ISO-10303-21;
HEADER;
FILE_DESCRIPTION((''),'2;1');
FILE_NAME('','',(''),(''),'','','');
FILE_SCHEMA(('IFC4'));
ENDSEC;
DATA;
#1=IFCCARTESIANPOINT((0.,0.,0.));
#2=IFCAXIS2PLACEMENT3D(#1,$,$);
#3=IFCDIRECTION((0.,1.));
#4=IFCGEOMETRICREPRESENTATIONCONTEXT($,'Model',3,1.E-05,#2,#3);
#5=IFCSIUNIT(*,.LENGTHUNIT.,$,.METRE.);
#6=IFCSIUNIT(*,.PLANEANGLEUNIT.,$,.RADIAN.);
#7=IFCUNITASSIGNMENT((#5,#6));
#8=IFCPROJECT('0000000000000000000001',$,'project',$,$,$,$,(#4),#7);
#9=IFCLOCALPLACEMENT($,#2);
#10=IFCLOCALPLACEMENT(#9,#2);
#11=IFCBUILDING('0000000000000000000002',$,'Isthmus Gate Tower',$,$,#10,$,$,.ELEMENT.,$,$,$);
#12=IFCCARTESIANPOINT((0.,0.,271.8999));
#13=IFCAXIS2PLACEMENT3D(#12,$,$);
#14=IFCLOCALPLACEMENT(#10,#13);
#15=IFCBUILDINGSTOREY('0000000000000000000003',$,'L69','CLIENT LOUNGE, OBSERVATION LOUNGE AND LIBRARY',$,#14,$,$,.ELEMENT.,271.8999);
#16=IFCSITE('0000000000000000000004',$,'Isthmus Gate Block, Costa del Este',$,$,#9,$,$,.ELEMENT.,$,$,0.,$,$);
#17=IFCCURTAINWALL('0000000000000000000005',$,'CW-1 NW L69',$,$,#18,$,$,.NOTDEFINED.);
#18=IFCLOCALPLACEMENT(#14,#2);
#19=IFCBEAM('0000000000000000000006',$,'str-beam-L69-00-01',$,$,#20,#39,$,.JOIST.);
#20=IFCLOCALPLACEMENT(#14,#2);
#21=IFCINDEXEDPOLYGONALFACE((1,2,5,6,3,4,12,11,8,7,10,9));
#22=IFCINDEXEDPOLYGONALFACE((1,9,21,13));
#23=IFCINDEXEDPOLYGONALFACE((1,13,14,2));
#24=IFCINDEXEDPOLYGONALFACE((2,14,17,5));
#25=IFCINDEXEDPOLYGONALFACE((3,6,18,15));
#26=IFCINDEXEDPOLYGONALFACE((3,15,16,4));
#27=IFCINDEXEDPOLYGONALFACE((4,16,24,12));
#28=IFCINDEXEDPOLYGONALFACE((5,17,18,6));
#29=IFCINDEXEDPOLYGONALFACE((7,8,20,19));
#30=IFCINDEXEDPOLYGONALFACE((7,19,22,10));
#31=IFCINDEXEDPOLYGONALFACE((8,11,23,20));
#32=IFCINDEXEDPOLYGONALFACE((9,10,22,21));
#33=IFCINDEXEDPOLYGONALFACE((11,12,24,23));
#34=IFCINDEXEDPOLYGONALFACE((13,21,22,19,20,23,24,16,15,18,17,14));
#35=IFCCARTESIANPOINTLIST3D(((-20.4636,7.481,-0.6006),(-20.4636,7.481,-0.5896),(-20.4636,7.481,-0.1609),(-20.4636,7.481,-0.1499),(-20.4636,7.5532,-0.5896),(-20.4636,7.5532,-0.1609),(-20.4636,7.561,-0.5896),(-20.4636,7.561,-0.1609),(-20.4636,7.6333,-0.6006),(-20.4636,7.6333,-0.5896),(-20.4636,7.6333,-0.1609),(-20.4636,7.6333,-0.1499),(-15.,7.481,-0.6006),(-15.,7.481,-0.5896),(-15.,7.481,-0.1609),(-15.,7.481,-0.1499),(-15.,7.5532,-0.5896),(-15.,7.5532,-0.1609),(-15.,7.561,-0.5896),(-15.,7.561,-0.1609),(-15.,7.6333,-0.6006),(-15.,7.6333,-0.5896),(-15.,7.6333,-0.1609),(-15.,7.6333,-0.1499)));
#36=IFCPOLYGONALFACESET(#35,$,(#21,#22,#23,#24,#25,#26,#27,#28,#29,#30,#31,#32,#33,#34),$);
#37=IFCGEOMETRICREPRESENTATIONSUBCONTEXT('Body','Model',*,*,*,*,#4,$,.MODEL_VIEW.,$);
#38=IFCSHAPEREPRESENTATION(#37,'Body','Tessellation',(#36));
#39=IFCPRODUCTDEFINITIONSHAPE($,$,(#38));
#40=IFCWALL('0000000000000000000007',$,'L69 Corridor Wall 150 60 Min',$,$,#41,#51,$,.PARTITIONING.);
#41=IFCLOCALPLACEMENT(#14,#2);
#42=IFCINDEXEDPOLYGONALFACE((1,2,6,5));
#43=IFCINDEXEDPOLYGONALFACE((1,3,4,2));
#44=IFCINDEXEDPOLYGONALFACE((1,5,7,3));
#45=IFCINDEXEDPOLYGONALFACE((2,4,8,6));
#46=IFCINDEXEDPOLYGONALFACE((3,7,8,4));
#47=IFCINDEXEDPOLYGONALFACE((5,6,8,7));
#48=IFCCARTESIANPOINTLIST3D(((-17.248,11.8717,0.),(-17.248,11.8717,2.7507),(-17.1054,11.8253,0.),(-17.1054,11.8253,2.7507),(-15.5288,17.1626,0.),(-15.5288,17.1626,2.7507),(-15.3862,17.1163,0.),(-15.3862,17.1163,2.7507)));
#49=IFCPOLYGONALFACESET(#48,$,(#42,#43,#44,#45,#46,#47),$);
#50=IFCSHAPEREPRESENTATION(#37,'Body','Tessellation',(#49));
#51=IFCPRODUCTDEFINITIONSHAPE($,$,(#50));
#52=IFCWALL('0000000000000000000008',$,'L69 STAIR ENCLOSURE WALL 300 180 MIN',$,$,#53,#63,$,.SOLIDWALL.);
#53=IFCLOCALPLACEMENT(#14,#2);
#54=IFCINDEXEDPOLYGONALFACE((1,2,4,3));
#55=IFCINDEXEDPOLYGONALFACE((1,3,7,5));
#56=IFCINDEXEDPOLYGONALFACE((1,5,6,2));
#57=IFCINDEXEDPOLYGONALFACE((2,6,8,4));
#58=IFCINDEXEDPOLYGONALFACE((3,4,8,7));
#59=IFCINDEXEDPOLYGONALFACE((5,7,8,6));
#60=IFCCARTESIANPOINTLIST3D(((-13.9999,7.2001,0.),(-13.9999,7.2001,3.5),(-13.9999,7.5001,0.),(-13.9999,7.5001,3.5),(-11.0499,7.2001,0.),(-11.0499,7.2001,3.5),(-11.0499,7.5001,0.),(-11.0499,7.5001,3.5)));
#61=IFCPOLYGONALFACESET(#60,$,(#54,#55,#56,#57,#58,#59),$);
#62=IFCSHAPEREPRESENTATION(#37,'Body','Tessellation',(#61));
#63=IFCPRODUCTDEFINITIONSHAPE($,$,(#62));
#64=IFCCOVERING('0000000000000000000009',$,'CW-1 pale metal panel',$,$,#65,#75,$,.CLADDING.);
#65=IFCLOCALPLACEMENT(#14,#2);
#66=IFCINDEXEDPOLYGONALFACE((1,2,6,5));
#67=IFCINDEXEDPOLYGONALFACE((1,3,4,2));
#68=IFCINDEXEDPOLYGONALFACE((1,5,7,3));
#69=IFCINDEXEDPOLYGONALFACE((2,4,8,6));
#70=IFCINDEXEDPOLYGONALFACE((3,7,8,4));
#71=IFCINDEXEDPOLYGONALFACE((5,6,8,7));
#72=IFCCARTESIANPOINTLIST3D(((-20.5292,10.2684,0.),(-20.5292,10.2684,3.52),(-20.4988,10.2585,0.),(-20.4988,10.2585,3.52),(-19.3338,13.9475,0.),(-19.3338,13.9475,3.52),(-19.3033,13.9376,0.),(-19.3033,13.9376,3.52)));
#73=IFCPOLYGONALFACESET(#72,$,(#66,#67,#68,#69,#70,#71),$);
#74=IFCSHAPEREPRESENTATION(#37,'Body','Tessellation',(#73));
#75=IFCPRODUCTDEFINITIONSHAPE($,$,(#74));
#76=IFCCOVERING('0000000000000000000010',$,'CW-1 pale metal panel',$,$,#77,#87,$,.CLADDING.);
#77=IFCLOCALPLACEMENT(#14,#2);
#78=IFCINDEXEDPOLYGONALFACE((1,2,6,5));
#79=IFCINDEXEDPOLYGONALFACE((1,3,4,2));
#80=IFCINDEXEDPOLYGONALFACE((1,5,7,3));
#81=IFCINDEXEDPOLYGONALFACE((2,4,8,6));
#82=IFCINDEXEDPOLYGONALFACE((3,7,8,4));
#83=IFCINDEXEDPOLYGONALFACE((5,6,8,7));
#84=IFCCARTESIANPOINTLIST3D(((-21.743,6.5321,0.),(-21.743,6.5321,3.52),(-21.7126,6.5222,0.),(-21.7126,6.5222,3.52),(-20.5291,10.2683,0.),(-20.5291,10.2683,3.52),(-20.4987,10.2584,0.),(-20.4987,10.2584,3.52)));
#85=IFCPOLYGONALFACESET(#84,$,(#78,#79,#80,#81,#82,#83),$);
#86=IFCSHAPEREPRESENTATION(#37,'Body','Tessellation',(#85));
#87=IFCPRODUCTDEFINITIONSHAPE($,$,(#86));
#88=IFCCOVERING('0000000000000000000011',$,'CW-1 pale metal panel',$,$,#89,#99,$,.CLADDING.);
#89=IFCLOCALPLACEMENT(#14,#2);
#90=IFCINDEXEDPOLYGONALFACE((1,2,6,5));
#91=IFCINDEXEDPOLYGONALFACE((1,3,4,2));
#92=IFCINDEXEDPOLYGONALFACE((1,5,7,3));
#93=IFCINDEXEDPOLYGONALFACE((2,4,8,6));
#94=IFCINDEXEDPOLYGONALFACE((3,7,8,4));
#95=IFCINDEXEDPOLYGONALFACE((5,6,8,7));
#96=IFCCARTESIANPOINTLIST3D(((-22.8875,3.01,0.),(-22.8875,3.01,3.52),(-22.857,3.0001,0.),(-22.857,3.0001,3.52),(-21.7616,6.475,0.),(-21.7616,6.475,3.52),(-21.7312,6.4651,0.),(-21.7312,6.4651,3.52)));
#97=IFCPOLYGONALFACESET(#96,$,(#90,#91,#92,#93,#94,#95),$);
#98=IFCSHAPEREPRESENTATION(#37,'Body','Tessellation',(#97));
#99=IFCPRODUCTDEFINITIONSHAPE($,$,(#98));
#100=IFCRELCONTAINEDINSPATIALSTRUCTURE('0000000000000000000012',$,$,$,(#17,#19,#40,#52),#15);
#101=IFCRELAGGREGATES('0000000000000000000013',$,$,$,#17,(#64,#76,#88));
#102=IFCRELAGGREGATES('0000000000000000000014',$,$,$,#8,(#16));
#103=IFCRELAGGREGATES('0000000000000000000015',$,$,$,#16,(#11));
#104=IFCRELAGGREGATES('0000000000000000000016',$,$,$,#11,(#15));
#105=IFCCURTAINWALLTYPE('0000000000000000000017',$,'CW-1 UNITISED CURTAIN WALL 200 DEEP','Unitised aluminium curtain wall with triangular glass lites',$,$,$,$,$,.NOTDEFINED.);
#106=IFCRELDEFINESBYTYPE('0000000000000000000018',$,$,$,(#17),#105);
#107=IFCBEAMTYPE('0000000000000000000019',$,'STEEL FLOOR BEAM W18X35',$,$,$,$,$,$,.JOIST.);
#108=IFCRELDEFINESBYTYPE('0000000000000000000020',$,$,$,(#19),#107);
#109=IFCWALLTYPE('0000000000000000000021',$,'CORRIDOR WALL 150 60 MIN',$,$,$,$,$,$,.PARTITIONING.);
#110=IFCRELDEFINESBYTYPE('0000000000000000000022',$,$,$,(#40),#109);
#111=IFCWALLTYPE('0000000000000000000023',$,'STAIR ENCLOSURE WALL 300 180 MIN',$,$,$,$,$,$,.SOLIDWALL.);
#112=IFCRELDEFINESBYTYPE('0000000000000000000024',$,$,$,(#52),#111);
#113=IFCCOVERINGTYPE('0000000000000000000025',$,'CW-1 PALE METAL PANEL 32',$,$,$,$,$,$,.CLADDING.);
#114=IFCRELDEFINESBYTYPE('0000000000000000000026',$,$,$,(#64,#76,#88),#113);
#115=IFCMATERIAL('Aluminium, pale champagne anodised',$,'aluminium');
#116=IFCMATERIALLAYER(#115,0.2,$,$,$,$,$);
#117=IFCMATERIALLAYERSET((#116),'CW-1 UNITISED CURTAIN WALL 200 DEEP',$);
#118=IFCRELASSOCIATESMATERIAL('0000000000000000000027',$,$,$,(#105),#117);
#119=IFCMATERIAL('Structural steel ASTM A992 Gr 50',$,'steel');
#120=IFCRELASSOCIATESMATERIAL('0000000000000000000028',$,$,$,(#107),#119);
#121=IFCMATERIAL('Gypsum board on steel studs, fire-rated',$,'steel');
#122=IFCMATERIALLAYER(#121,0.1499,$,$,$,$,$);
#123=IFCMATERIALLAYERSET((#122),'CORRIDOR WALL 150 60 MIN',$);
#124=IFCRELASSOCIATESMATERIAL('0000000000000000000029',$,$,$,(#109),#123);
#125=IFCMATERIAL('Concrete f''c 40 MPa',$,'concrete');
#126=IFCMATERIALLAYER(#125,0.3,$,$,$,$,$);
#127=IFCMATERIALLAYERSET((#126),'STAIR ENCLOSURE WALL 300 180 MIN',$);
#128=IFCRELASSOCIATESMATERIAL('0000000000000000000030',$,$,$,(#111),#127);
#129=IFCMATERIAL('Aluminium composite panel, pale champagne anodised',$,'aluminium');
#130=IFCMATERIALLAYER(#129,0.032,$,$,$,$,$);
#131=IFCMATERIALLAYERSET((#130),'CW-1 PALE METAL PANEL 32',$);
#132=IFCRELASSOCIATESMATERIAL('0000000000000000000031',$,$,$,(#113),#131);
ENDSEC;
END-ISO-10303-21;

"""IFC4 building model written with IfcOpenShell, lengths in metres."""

from ifc_helpers import new_model, si_unit, direction, frame, frame_2d, origin, origin_2d, place, context, subcontext, project, spatial, rectangle, i_section, extrude, material, layer, layer_set, material_profile, profile_set, type_object, element, aggregate, save


model = new_model("IFC4")

# Units and contexts
model_context = context("Model", 3, precision=1e-05, world=origin(), true_north=direction((0.0, 1.0)))
body_context = subcontext(model_context, "Body", "Model", "MODEL_VIEW")
ifc_project = project(units=[si_unit("LENGTHUNIT", "METRE"), si_unit("PLANEANGLEUNIT", "RADIAN")], contexts=[model_context])

# Site, building, storey
site_placement = place(None, origin())
site = spatial("IfcSite", under=ifc_project, at=site_placement, Name="Isthmus Gate Block, Costa del Este", CompositionType="ELEMENT", RefElevation=0.0)
building_placement = place(site_placement, origin())
building = spatial("IfcBuilding", under=site, at=building_placement, Name="Isthmus Gate Tower", CompositionType="ELEMENT")
storey_placement = place(building_placement, frame((0.0, 0.0, 271.8999)))
storey = spatial("IfcBuildingStorey", under=building, at=storey_placement, Name="L69", Description="CLIENT LOUNGE, OBSERVATION LOUNGE AND LIBRARY", CompositionType="ELEMENT", Elevation=271.8999)

# Curtain wall
ifc_material_1 = material(Name="Aluminium, pale champagne anodised", Category="aluminium")
ifc_layer_1 = layer(ifc_material_1, 0.2)
ifc_layer_set_1 = layer_set([ifc_layer_1], Name="CW-1 UNITISED CURTAIN WALL 200 DEEP")
curtain_wall_type = type_object("IfcCurtainWallType", Name="CW-1 UNITISED CURTAIN WALL 200 DEEP", Description="Unitised aluminium curtain wall with triangular glass lites", PredefinedType="NOTDEFINED", material=ifc_layer_set_1)
curtain_wall_placement = place(storey_placement, origin())
curtain_wall = element("IfcCurtainWall", 1, at=curtain_wall_placement, inside=storey, type_object=curtain_wall_type, Name="CW-1 NW L69", PredefinedType="NOTDEFINED")

# Beam
ifc_material_2 = material(Name="Structural steel ASTM A992 Gr 50", Category="steel")
ifc_material_profile_1 = material_profile(ifc_material_2, i_section(OverallWidth=0.1523, OverallDepth=0.4507, WebThickness=0.0078, FlangeThickness=0.011, at=origin_2d()), Name="W18X35")
ifc_profile_set_1 = profile_set([ifc_material_profile_1], Name="Structural steel ASTM A992 Gr 50")
beam_type_1 = type_object("IfcBeamType", Name="STEEL FLOOR BEAM W18X35", PredefinedType="JOIST", material=ifc_profile_set_1)
beam_1_placement = place(storey_placement, frame((-20.4636, 7.5571, -0.3752), z_axis=(1.0, 0.0, 0.0), x_axis=(0.0, 1.0, 0.0)))
element("IfcBeam", 2, at=beam_1_placement, inside=storey, type_object=beam_type_1, Name="str-beam-L69-00-01", PredefinedType="JOIST", context=body_context, shape_type="SweptSolid", body=[
    extrude(i_section(OverallWidth=0.1523, OverallDepth=0.4507, WebThickness=0.0078, FlangeThickness=0.011, at=origin_2d()), origin(), (0.0, 0.0, 1.0), 5.4636),
])

# Walls
ifc_material_3 = material(Name="Gypsum board on steel studs, fire-rated", Category="steel")
ifc_layer_2 = layer(ifc_material_3, 0.1499)
ifc_layer_set_2 = layer_set([ifc_layer_2], Name="CORRIDOR WALL 150 60 MIN")
wall_type_1 = type_object("IfcWallType", Name="CORRIDOR WALL 150 60 MIN", PredefinedType="PARTITIONING", material=ifc_layer_set_2)
wall_1_placement = place(storey_placement, frame((-17.1768, 11.8484, 0.0), z_axis=(0.0, 0.0, 1.0), x_axis=(0.309031, 0.951052, 0.0)))
element("IfcWall", 3, at=wall_1_placement, inside=storey, type_object=wall_type_1, Name="L69 Corridor Wall 150 60 Min", PredefinedType="PARTITIONING", context=body_context, shape_type="SweptSolid", body=[
    extrude(rectangle(XDim=5.5632, YDim=0.1499, at=frame_2d((2.7817, 0.0))), origin(), (0.0, 0.0, 1.0), 2.7507),
])
ifc_material_4 = material(Name="Concrete f'c 40 MPa", Category="concrete")
ifc_layer_3 = layer(ifc_material_4, 0.3)
ifc_layer_set_3 = layer_set([ifc_layer_3], Name="STAIR ENCLOSURE WALL 300 180 MIN")
wall_type_2 = type_object("IfcWallType", Name="STAIR ENCLOSURE WALL 300 180 MIN", PredefinedType="SOLIDWALL", material=ifc_layer_set_3)
wall_2_placement = place(storey_placement, frame((-14.0, 7.3501, 0.0), z_axis=(0.0, 0.0, 1.0), x_axis=(1.0, 0.0, 0.0)))
element("IfcWall", 4, at=wall_2_placement, inside=storey, type_object=wall_type_2, Name="L69 STAIR ENCLOSURE WALL 300 180 MIN", PredefinedType="SOLIDWALL", context=body_context, shape_type="SweptSolid", body=[
    extrude(rectangle(XDim=2.95, YDim=0.3, at=frame_2d((1.4751, 0.0))), origin(), (0.0, 0.0, 1.0), 3.5),
])

# Coverings
ifc_material_5 = material(Name="Aluminium composite panel, pale champagne anodised", Category="aluminium")
ifc_layer_4 = layer(ifc_material_5, 0.032)
ifc_layer_set_4 = layer_set([ifc_layer_4], Name="CW-1 PALE METAL PANEL 32")
covering_type = type_object("IfcCoveringType", Name="CW-1 PALE METAL PANEL 32", PredefinedType="CLADDING", material=ifc_layer_set_4)
covering_1_placement = place(storey_placement, frame((-19.9163, 12.103, 0.0), z_axis=(0.0, 0.0, 1.0), x_axis=(-0.309017, -0.951057, 0.0)))
covering_1 = element("IfcCovering", 5, at=covering_1_placement, type_object=covering_type, Name="CW-1 pale metal panel", PredefinedType="CLADDING", context=body_context, shape_type="SweptSolid", body=[
    extrude(rectangle(XDim=3.8684, YDim=0.032, at=origin_2d()), origin(), (0.0, 0.0, 1.0), 3.52),
])
covering_2_placement = place(storey_placement, frame((-21.1208, 8.3953, 0.0), z_axis=(0.0, 0.0, 1.0), x_axis=(-0.309017, -0.951057, 0.0)))
covering_2 = element("IfcCovering", 6, at=covering_2_placement, type_object=covering_type, Name="CW-1 pale metal panel", PredefinedType="CLADDING", context=body_context, shape_type="SweptSolid", body=[
    extrude(rectangle(XDim=3.9285, YDim=0.032, at=origin_2d()), origin(), (0.0, 0.0, 1.0), 3.52),
])
covering_3_placement = place(storey_placement, frame((-22.3093, 4.7375, 0.0), z_axis=(0.0, 0.0, 1.0), x_axis=(-0.309017, -0.951057, 0.0)))
covering_3 = element("IfcCovering", 7, at=covering_3_placement, type_object=covering_type, Name="CW-1 pale metal panel", PredefinedType="CLADDING", context=body_context, shape_type="SweptSolid", body=[
    extrude(rectangle(XDim=3.6433, YDim=0.032, at=origin_2d()), origin(), (0.0, 0.0, 1.0), 3.52),
])
aggregate(curtain_wall, [covering_1, covering_2, covering_3])

save(model, "model.ifc")
